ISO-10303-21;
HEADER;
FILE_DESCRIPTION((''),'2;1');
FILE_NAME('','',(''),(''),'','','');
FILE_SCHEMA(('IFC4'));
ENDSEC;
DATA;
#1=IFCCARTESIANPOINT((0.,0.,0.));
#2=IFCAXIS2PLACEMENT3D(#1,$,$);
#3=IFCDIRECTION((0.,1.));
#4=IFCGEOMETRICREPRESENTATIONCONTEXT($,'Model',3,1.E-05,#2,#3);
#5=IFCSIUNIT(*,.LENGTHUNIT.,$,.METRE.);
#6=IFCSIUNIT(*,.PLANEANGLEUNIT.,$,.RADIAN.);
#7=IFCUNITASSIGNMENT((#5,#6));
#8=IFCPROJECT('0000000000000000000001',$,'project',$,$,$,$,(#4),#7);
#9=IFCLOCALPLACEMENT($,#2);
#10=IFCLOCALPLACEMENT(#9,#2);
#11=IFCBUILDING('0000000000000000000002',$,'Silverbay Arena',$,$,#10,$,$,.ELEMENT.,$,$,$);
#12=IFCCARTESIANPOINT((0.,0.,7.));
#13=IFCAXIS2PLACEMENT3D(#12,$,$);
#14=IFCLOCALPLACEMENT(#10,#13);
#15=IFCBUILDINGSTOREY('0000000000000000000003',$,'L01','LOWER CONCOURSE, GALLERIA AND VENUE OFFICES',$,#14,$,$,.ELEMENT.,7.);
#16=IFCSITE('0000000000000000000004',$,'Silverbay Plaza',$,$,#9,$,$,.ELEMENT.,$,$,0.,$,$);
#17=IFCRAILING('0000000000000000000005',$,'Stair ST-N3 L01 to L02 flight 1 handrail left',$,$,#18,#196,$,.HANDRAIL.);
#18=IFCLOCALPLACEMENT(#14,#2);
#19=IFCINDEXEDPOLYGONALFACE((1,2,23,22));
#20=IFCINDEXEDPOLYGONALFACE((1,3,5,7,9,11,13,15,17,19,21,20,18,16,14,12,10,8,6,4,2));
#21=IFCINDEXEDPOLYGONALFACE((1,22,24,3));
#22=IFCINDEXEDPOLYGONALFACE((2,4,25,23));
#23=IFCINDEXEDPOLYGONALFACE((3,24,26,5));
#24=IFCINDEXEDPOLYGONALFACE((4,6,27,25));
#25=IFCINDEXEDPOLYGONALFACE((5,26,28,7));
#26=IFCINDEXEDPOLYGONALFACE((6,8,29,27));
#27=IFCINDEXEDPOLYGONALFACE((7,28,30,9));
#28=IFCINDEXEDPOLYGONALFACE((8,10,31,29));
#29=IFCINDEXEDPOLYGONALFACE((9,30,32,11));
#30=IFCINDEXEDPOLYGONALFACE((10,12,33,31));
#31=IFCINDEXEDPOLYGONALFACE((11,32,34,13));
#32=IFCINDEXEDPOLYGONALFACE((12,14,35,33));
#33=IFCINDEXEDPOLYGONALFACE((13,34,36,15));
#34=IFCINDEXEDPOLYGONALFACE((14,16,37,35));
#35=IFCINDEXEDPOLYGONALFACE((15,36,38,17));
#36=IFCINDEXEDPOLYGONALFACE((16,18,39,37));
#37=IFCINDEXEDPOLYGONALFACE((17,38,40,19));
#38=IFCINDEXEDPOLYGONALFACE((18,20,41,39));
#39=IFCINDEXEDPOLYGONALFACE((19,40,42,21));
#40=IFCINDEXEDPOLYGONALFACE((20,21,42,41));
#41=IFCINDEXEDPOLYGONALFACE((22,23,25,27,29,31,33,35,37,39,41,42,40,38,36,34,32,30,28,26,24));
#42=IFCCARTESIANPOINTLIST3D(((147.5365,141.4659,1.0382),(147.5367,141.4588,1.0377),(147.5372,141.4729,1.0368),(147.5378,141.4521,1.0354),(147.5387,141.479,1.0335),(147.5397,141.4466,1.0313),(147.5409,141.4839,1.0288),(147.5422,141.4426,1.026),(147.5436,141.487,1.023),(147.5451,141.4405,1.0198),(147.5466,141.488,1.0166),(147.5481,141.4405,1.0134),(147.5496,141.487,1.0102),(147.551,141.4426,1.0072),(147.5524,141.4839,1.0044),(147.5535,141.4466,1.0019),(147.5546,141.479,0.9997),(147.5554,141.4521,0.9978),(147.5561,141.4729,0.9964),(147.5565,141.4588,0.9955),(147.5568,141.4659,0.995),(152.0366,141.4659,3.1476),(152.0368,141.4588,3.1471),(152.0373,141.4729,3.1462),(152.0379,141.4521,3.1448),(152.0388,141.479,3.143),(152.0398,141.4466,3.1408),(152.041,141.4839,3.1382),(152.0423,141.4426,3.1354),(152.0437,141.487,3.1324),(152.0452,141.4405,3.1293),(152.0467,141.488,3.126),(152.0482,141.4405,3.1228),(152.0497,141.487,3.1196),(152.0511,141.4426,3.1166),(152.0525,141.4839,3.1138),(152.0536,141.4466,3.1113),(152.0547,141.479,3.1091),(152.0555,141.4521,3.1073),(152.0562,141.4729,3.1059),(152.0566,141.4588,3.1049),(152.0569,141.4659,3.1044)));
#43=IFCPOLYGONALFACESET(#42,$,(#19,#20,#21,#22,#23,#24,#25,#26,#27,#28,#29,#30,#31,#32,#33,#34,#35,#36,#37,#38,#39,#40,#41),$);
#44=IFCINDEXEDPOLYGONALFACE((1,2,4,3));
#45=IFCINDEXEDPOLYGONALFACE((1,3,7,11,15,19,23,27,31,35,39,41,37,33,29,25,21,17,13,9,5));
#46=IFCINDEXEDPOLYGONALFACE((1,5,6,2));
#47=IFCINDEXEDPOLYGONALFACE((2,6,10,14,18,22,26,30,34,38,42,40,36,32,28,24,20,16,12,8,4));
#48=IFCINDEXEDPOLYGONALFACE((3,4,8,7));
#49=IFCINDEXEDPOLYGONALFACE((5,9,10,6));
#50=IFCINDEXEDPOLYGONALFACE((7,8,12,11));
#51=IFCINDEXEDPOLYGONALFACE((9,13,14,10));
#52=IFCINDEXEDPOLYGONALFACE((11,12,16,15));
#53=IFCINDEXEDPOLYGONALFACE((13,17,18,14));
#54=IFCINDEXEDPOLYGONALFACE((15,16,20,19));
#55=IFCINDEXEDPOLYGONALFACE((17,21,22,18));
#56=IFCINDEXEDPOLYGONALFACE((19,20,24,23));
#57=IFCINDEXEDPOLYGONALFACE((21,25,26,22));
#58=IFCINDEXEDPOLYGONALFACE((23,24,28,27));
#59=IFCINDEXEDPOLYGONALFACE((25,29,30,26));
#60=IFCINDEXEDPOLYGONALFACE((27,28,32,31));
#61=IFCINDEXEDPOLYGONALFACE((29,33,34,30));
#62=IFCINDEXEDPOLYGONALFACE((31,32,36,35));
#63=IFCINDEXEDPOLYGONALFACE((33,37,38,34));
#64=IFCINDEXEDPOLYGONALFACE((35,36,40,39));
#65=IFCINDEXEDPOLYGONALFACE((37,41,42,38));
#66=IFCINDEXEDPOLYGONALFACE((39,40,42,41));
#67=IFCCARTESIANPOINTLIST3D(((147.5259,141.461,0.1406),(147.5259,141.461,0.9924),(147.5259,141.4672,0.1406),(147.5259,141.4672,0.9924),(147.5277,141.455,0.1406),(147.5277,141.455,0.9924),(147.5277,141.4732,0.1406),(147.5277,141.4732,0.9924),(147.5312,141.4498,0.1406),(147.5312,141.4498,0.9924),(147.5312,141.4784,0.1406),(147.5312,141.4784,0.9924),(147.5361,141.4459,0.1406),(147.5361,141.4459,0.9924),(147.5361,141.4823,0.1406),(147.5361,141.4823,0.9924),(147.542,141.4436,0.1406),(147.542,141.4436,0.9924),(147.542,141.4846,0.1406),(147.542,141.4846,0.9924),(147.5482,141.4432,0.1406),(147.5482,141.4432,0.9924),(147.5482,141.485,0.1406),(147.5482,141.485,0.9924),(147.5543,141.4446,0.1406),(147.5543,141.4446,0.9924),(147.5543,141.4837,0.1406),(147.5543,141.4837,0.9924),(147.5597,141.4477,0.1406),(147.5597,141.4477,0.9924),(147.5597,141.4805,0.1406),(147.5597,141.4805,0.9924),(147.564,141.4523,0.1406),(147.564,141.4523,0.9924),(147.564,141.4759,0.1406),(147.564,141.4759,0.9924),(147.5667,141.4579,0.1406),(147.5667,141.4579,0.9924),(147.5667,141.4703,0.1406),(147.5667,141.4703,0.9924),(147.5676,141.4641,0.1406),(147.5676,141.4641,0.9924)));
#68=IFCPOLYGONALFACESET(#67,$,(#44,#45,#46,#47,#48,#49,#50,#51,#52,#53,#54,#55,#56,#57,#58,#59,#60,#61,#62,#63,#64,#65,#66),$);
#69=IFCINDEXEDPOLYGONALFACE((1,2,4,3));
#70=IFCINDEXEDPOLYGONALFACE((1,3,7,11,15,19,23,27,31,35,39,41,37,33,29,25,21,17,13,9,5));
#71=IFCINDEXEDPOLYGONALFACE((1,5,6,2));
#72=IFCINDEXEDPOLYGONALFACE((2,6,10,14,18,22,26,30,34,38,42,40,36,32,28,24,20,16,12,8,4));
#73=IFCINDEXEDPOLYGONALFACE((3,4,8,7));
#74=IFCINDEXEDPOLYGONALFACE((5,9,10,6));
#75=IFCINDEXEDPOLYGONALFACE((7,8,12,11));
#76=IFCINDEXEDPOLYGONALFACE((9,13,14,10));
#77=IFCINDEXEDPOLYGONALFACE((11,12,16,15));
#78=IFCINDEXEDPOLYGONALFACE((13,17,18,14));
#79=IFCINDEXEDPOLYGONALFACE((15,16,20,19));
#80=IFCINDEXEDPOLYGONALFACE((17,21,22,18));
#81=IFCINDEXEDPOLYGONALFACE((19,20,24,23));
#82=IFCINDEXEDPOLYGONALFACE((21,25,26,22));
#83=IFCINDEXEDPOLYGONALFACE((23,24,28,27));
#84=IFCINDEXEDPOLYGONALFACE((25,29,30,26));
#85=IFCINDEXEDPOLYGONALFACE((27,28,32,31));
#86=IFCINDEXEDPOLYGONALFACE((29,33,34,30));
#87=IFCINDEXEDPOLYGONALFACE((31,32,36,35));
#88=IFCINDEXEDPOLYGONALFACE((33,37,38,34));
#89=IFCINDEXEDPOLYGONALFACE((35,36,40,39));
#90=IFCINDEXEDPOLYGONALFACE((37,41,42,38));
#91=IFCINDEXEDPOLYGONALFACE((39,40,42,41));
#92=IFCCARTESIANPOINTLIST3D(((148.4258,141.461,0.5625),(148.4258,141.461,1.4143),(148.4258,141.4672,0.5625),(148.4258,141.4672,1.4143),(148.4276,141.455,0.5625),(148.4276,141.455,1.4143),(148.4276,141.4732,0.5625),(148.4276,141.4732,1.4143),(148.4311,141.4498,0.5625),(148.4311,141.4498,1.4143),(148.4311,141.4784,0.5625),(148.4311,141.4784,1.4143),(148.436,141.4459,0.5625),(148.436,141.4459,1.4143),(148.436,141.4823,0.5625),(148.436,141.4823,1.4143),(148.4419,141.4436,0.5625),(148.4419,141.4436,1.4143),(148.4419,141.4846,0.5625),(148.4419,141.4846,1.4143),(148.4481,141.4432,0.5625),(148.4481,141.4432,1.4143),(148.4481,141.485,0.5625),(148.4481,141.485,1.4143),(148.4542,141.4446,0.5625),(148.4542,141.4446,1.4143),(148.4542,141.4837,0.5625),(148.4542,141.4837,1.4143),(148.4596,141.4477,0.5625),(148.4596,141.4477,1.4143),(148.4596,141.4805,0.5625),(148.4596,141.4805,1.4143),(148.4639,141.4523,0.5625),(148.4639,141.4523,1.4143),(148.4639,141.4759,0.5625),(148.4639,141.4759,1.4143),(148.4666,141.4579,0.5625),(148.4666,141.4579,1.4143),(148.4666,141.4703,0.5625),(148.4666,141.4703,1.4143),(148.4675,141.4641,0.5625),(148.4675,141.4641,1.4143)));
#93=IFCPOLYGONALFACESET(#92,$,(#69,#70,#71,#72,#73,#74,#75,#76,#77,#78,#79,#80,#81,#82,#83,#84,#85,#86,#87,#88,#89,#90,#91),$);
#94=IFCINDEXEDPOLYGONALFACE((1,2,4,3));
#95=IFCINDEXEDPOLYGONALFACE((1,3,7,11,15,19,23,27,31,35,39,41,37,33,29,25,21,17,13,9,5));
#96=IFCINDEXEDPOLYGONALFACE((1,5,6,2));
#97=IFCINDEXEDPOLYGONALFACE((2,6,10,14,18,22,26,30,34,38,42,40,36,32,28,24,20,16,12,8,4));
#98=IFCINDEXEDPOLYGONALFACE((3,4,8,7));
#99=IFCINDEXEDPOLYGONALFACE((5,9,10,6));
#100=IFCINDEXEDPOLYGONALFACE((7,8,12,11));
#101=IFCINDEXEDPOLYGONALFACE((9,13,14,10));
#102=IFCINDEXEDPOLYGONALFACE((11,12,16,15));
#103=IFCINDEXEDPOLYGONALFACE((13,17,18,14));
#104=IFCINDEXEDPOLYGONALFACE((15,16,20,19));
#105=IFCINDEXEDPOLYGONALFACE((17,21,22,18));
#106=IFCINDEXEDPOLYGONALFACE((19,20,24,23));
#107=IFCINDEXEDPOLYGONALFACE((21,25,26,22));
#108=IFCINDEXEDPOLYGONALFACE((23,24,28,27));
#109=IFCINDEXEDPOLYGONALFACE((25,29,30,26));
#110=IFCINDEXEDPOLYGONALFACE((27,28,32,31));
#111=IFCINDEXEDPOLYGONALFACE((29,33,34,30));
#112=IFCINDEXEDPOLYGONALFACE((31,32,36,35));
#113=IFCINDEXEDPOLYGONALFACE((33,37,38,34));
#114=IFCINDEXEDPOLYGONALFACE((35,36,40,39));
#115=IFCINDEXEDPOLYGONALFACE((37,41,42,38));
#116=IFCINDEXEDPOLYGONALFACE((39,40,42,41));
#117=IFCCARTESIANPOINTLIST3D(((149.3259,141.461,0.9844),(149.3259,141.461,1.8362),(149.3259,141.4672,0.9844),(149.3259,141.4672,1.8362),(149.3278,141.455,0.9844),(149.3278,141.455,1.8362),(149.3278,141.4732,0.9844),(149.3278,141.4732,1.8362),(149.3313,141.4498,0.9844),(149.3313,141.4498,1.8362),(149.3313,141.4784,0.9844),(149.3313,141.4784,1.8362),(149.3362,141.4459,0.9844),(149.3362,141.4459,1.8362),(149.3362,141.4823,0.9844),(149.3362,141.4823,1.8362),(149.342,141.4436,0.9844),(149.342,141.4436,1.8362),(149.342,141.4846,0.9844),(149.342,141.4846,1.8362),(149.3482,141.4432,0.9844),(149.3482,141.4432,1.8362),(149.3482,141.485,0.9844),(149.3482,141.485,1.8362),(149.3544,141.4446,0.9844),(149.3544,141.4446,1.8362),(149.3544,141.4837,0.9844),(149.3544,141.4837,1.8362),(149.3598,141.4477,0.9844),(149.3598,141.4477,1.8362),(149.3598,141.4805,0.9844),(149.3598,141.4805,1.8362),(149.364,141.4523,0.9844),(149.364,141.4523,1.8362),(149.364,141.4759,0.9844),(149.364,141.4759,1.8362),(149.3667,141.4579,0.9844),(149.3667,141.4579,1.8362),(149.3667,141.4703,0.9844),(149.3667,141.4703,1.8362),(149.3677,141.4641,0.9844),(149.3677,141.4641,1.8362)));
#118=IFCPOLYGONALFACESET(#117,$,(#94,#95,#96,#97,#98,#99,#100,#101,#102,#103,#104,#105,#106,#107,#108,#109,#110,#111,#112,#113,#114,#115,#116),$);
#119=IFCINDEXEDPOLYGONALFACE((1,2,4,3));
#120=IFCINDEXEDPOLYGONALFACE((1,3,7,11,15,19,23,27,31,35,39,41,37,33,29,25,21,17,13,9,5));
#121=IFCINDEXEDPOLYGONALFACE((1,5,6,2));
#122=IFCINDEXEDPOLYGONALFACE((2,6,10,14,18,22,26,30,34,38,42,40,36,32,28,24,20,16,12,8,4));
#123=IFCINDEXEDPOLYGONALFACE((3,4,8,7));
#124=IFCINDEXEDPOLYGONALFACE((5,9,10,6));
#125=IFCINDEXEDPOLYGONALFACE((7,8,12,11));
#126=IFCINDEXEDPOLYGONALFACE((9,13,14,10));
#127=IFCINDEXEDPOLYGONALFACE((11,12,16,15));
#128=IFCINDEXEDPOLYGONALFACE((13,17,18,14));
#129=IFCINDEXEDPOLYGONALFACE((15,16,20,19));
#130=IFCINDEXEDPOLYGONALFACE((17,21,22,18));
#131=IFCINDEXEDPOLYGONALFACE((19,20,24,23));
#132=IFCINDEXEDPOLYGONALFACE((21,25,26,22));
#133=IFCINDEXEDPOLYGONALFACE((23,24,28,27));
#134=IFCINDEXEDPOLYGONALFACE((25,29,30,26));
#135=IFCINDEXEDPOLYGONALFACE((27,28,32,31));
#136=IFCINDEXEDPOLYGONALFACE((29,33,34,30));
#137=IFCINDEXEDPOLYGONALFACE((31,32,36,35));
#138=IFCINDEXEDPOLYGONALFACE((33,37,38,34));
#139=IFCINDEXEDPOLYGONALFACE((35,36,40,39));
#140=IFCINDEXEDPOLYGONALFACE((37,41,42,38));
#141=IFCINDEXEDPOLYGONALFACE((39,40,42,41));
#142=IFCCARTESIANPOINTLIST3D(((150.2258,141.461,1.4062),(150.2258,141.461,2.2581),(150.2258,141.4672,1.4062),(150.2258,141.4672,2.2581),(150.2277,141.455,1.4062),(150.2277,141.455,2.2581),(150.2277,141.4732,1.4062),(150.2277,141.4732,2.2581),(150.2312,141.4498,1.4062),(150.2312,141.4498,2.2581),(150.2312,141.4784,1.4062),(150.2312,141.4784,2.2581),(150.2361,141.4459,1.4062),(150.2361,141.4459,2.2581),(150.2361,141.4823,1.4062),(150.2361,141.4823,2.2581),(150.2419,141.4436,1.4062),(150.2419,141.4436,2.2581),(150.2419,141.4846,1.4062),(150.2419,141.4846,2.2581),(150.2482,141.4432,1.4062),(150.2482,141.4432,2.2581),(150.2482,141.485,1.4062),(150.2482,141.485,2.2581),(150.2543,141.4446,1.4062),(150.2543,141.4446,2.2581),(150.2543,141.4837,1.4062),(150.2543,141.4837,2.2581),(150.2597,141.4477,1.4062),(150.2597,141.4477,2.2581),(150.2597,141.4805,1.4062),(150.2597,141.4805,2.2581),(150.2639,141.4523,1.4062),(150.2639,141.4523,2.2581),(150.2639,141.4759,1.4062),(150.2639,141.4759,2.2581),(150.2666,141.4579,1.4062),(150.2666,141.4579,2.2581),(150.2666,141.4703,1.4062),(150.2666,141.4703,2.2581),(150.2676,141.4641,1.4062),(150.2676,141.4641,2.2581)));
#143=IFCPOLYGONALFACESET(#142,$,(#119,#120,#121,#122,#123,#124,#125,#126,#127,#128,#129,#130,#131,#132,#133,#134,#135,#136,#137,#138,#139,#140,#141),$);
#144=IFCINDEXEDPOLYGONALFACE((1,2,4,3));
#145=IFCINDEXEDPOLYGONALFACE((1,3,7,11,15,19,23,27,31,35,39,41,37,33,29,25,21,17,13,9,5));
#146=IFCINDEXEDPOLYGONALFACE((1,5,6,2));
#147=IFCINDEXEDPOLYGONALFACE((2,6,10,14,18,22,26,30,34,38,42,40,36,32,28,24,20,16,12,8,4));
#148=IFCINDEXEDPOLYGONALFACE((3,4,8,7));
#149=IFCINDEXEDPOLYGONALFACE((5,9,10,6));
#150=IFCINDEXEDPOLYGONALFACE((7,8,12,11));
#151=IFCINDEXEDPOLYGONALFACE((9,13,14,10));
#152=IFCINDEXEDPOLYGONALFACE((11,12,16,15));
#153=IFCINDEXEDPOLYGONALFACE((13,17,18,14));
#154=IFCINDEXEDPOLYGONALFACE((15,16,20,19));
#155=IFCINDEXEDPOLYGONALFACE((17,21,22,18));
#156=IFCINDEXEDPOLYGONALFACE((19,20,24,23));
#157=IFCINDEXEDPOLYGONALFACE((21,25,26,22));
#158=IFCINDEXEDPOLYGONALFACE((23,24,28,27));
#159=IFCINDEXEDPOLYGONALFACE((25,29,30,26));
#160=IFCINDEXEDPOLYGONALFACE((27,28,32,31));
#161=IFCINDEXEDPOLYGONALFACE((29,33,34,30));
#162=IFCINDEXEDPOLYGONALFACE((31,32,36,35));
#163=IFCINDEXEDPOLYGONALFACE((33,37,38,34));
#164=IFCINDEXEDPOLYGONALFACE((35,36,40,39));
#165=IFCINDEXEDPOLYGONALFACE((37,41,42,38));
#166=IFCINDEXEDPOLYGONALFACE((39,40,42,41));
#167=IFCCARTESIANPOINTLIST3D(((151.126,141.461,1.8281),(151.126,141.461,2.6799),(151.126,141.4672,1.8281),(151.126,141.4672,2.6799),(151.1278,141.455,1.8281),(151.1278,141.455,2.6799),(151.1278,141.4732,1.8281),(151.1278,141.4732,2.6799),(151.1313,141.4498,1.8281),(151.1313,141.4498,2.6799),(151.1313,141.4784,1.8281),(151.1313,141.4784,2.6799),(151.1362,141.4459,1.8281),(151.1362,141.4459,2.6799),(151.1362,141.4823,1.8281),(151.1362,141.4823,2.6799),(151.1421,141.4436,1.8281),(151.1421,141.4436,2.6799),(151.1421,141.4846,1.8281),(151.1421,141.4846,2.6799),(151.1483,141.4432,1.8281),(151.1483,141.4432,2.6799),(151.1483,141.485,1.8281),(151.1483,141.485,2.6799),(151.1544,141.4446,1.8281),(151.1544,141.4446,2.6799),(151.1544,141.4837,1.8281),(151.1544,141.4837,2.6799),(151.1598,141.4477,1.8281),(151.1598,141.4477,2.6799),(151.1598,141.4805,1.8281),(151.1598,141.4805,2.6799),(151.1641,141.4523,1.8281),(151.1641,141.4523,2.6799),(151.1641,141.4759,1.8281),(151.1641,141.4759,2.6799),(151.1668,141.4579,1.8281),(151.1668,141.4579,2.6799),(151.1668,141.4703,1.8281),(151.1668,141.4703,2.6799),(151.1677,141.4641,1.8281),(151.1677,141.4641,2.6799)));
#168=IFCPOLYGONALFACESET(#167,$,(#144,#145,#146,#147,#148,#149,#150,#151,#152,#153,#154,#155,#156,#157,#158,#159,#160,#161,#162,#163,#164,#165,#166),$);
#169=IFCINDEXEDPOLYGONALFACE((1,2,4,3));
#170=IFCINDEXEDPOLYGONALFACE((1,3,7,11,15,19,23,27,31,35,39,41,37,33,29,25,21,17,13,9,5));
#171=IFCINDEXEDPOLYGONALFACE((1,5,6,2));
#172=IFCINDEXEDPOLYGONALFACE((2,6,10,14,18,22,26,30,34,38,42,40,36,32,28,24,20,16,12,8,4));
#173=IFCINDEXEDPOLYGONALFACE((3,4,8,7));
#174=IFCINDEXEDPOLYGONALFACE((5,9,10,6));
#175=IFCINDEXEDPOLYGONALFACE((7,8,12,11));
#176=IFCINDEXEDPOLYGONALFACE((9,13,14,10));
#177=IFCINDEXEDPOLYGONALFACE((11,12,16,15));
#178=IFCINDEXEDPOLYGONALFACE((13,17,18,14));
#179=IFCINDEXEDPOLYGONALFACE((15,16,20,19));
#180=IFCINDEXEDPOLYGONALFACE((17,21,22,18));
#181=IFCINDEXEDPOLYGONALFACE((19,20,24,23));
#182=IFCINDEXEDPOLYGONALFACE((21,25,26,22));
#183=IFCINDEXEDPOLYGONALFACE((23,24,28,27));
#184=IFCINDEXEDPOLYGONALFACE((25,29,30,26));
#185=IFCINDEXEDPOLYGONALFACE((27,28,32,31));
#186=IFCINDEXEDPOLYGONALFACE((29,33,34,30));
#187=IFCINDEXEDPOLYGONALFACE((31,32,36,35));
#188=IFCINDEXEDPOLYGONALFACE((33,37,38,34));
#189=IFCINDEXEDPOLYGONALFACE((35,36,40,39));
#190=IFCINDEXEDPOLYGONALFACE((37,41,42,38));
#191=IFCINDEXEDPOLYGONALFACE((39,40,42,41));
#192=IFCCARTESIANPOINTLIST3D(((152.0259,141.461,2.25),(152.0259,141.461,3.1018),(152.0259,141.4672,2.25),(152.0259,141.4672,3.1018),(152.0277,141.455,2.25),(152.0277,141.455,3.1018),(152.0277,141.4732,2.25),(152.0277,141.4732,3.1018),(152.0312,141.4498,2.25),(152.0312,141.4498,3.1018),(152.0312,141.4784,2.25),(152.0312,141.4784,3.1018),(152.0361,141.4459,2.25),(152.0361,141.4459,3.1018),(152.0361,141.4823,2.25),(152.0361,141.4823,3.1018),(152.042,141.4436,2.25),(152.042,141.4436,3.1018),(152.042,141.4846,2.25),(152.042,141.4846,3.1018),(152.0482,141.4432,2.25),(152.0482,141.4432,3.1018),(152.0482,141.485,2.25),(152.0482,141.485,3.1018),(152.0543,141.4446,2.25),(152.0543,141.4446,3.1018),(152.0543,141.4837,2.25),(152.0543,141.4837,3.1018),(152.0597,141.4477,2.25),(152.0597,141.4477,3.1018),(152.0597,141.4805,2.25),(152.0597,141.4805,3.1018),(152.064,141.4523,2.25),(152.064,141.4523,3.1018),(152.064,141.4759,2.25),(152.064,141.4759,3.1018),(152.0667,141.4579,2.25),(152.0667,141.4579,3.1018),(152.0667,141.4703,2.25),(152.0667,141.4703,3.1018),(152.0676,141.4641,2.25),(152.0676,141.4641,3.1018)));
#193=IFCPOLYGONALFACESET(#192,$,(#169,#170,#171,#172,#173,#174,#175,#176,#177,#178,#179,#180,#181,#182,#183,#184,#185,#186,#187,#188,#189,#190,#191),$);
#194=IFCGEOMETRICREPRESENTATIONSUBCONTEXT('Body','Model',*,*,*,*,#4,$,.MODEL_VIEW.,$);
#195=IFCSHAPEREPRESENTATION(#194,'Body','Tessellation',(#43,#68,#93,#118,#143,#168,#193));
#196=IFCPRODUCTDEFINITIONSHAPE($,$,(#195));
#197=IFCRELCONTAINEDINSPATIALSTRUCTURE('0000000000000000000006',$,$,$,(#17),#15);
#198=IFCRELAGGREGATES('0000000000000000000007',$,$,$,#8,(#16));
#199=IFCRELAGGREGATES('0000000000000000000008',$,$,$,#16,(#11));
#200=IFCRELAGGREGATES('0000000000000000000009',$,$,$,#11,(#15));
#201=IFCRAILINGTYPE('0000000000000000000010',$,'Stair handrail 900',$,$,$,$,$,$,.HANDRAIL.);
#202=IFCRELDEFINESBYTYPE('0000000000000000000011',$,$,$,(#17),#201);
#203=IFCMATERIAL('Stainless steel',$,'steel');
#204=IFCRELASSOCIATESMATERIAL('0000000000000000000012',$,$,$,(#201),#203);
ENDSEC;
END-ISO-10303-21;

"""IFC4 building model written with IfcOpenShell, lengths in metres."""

from ifc_helpers import new_model, si_unit, direction, frame, origin, origin_2d, place, context, subcontext, project, spatial, circle, extrude, material, type_object, element, save


model = new_model("IFC4")

# Units and contexts
model_context = context("Model", 3, precision=1e-05, world=origin(), true_north=direction((0.0, 1.0)))
body_context = subcontext(model_context, "Body", "Model", "MODEL_VIEW")
ifc_project = project(units=[si_unit("LENGTHUNIT", "METRE"), si_unit("PLANEANGLEUNIT", "RADIAN")], contexts=[model_context])

# Site, building, storey
site_placement = place(None, origin())
site = spatial("IfcSite", under=ifc_project, at=site_placement, Name="Silverbay Plaza", CompositionType="ELEMENT", RefElevation=0.0)
building_placement = place(site_placement, origin())
building = spatial("IfcBuilding", under=site, at=building_placement, Name="Silverbay Arena", CompositionType="ELEMENT")
storey_placement = place(building_placement, frame((0.0, 0.0, 7.0)))
storey = spatial("IfcBuildingStorey", under=building, at=storey_placement, Name="L01", Description="LOWER CONCOURSE, GALLERIA AND VENUE OFFICES", CompositionType="ELEMENT", Elevation=7.0)

# Railing
ifc_material_1 = material(Name="Stainless steel", Category="steel")
railing_type_1 = type_object("IfcRailingType", Name="Stair handrail 900", PredefinedType="HANDRAIL", material=ifc_material_1)
for number, where, name in (
    (1, (147.5466, 141.4641, 0.1406), "Stair ST-N3 L01 to L02 flight 1 handrail left"),
):
    element("IfcRailing", number, at=place(storey_placement, frame(where)), inside=storey, type_object=railing_type_1, Name=name, PredefinedType="HANDRAIL", context=body_context, shape_type="SweptSolid", body=[
        extrude(circle(Radius=0.0239, at=origin_2d()), frame((0.0, 0.0, 0.876), z_axis=(0.905459, 0.0, 0.424434), x_axis=(0.0, 1.0, 0.0)), (0.0, 0.0, 1.0), 4.97),
        extrude(circle(Radius=0.021, at=origin_2d()), origin(), (0.0, 0.0, 1.0), 0.8518),
        extrude(circle(Radius=0.021, at=origin_2d()), frame((0.8999, 0.0, 0.4219)), (0.0, 0.0, 1.0), 0.8518),
        extrude(circle(Radius=0.021, at=origin_2d()), frame((1.8, 0.0, 0.8438)), (0.0, 0.0, 1.0), 0.8518),
        extrude(circle(Radius=0.021, at=origin_2d()), frame((2.7, 0.0, 1.2656)), (0.0, 0.0, 1.0), 0.8518),
        extrude(circle(Radius=0.021, at=origin_2d()), frame((3.6001, 0.0, 1.6875)), (0.0, 0.0, 1.0), 0.8518),
        extrude(circle(Radius=0.021, at=origin_2d()), frame((4.5, 0.0, 2.1094)), (0.0, 0.0, 1.0), 0.8518),
    ])

save(model, "model.ifc")
